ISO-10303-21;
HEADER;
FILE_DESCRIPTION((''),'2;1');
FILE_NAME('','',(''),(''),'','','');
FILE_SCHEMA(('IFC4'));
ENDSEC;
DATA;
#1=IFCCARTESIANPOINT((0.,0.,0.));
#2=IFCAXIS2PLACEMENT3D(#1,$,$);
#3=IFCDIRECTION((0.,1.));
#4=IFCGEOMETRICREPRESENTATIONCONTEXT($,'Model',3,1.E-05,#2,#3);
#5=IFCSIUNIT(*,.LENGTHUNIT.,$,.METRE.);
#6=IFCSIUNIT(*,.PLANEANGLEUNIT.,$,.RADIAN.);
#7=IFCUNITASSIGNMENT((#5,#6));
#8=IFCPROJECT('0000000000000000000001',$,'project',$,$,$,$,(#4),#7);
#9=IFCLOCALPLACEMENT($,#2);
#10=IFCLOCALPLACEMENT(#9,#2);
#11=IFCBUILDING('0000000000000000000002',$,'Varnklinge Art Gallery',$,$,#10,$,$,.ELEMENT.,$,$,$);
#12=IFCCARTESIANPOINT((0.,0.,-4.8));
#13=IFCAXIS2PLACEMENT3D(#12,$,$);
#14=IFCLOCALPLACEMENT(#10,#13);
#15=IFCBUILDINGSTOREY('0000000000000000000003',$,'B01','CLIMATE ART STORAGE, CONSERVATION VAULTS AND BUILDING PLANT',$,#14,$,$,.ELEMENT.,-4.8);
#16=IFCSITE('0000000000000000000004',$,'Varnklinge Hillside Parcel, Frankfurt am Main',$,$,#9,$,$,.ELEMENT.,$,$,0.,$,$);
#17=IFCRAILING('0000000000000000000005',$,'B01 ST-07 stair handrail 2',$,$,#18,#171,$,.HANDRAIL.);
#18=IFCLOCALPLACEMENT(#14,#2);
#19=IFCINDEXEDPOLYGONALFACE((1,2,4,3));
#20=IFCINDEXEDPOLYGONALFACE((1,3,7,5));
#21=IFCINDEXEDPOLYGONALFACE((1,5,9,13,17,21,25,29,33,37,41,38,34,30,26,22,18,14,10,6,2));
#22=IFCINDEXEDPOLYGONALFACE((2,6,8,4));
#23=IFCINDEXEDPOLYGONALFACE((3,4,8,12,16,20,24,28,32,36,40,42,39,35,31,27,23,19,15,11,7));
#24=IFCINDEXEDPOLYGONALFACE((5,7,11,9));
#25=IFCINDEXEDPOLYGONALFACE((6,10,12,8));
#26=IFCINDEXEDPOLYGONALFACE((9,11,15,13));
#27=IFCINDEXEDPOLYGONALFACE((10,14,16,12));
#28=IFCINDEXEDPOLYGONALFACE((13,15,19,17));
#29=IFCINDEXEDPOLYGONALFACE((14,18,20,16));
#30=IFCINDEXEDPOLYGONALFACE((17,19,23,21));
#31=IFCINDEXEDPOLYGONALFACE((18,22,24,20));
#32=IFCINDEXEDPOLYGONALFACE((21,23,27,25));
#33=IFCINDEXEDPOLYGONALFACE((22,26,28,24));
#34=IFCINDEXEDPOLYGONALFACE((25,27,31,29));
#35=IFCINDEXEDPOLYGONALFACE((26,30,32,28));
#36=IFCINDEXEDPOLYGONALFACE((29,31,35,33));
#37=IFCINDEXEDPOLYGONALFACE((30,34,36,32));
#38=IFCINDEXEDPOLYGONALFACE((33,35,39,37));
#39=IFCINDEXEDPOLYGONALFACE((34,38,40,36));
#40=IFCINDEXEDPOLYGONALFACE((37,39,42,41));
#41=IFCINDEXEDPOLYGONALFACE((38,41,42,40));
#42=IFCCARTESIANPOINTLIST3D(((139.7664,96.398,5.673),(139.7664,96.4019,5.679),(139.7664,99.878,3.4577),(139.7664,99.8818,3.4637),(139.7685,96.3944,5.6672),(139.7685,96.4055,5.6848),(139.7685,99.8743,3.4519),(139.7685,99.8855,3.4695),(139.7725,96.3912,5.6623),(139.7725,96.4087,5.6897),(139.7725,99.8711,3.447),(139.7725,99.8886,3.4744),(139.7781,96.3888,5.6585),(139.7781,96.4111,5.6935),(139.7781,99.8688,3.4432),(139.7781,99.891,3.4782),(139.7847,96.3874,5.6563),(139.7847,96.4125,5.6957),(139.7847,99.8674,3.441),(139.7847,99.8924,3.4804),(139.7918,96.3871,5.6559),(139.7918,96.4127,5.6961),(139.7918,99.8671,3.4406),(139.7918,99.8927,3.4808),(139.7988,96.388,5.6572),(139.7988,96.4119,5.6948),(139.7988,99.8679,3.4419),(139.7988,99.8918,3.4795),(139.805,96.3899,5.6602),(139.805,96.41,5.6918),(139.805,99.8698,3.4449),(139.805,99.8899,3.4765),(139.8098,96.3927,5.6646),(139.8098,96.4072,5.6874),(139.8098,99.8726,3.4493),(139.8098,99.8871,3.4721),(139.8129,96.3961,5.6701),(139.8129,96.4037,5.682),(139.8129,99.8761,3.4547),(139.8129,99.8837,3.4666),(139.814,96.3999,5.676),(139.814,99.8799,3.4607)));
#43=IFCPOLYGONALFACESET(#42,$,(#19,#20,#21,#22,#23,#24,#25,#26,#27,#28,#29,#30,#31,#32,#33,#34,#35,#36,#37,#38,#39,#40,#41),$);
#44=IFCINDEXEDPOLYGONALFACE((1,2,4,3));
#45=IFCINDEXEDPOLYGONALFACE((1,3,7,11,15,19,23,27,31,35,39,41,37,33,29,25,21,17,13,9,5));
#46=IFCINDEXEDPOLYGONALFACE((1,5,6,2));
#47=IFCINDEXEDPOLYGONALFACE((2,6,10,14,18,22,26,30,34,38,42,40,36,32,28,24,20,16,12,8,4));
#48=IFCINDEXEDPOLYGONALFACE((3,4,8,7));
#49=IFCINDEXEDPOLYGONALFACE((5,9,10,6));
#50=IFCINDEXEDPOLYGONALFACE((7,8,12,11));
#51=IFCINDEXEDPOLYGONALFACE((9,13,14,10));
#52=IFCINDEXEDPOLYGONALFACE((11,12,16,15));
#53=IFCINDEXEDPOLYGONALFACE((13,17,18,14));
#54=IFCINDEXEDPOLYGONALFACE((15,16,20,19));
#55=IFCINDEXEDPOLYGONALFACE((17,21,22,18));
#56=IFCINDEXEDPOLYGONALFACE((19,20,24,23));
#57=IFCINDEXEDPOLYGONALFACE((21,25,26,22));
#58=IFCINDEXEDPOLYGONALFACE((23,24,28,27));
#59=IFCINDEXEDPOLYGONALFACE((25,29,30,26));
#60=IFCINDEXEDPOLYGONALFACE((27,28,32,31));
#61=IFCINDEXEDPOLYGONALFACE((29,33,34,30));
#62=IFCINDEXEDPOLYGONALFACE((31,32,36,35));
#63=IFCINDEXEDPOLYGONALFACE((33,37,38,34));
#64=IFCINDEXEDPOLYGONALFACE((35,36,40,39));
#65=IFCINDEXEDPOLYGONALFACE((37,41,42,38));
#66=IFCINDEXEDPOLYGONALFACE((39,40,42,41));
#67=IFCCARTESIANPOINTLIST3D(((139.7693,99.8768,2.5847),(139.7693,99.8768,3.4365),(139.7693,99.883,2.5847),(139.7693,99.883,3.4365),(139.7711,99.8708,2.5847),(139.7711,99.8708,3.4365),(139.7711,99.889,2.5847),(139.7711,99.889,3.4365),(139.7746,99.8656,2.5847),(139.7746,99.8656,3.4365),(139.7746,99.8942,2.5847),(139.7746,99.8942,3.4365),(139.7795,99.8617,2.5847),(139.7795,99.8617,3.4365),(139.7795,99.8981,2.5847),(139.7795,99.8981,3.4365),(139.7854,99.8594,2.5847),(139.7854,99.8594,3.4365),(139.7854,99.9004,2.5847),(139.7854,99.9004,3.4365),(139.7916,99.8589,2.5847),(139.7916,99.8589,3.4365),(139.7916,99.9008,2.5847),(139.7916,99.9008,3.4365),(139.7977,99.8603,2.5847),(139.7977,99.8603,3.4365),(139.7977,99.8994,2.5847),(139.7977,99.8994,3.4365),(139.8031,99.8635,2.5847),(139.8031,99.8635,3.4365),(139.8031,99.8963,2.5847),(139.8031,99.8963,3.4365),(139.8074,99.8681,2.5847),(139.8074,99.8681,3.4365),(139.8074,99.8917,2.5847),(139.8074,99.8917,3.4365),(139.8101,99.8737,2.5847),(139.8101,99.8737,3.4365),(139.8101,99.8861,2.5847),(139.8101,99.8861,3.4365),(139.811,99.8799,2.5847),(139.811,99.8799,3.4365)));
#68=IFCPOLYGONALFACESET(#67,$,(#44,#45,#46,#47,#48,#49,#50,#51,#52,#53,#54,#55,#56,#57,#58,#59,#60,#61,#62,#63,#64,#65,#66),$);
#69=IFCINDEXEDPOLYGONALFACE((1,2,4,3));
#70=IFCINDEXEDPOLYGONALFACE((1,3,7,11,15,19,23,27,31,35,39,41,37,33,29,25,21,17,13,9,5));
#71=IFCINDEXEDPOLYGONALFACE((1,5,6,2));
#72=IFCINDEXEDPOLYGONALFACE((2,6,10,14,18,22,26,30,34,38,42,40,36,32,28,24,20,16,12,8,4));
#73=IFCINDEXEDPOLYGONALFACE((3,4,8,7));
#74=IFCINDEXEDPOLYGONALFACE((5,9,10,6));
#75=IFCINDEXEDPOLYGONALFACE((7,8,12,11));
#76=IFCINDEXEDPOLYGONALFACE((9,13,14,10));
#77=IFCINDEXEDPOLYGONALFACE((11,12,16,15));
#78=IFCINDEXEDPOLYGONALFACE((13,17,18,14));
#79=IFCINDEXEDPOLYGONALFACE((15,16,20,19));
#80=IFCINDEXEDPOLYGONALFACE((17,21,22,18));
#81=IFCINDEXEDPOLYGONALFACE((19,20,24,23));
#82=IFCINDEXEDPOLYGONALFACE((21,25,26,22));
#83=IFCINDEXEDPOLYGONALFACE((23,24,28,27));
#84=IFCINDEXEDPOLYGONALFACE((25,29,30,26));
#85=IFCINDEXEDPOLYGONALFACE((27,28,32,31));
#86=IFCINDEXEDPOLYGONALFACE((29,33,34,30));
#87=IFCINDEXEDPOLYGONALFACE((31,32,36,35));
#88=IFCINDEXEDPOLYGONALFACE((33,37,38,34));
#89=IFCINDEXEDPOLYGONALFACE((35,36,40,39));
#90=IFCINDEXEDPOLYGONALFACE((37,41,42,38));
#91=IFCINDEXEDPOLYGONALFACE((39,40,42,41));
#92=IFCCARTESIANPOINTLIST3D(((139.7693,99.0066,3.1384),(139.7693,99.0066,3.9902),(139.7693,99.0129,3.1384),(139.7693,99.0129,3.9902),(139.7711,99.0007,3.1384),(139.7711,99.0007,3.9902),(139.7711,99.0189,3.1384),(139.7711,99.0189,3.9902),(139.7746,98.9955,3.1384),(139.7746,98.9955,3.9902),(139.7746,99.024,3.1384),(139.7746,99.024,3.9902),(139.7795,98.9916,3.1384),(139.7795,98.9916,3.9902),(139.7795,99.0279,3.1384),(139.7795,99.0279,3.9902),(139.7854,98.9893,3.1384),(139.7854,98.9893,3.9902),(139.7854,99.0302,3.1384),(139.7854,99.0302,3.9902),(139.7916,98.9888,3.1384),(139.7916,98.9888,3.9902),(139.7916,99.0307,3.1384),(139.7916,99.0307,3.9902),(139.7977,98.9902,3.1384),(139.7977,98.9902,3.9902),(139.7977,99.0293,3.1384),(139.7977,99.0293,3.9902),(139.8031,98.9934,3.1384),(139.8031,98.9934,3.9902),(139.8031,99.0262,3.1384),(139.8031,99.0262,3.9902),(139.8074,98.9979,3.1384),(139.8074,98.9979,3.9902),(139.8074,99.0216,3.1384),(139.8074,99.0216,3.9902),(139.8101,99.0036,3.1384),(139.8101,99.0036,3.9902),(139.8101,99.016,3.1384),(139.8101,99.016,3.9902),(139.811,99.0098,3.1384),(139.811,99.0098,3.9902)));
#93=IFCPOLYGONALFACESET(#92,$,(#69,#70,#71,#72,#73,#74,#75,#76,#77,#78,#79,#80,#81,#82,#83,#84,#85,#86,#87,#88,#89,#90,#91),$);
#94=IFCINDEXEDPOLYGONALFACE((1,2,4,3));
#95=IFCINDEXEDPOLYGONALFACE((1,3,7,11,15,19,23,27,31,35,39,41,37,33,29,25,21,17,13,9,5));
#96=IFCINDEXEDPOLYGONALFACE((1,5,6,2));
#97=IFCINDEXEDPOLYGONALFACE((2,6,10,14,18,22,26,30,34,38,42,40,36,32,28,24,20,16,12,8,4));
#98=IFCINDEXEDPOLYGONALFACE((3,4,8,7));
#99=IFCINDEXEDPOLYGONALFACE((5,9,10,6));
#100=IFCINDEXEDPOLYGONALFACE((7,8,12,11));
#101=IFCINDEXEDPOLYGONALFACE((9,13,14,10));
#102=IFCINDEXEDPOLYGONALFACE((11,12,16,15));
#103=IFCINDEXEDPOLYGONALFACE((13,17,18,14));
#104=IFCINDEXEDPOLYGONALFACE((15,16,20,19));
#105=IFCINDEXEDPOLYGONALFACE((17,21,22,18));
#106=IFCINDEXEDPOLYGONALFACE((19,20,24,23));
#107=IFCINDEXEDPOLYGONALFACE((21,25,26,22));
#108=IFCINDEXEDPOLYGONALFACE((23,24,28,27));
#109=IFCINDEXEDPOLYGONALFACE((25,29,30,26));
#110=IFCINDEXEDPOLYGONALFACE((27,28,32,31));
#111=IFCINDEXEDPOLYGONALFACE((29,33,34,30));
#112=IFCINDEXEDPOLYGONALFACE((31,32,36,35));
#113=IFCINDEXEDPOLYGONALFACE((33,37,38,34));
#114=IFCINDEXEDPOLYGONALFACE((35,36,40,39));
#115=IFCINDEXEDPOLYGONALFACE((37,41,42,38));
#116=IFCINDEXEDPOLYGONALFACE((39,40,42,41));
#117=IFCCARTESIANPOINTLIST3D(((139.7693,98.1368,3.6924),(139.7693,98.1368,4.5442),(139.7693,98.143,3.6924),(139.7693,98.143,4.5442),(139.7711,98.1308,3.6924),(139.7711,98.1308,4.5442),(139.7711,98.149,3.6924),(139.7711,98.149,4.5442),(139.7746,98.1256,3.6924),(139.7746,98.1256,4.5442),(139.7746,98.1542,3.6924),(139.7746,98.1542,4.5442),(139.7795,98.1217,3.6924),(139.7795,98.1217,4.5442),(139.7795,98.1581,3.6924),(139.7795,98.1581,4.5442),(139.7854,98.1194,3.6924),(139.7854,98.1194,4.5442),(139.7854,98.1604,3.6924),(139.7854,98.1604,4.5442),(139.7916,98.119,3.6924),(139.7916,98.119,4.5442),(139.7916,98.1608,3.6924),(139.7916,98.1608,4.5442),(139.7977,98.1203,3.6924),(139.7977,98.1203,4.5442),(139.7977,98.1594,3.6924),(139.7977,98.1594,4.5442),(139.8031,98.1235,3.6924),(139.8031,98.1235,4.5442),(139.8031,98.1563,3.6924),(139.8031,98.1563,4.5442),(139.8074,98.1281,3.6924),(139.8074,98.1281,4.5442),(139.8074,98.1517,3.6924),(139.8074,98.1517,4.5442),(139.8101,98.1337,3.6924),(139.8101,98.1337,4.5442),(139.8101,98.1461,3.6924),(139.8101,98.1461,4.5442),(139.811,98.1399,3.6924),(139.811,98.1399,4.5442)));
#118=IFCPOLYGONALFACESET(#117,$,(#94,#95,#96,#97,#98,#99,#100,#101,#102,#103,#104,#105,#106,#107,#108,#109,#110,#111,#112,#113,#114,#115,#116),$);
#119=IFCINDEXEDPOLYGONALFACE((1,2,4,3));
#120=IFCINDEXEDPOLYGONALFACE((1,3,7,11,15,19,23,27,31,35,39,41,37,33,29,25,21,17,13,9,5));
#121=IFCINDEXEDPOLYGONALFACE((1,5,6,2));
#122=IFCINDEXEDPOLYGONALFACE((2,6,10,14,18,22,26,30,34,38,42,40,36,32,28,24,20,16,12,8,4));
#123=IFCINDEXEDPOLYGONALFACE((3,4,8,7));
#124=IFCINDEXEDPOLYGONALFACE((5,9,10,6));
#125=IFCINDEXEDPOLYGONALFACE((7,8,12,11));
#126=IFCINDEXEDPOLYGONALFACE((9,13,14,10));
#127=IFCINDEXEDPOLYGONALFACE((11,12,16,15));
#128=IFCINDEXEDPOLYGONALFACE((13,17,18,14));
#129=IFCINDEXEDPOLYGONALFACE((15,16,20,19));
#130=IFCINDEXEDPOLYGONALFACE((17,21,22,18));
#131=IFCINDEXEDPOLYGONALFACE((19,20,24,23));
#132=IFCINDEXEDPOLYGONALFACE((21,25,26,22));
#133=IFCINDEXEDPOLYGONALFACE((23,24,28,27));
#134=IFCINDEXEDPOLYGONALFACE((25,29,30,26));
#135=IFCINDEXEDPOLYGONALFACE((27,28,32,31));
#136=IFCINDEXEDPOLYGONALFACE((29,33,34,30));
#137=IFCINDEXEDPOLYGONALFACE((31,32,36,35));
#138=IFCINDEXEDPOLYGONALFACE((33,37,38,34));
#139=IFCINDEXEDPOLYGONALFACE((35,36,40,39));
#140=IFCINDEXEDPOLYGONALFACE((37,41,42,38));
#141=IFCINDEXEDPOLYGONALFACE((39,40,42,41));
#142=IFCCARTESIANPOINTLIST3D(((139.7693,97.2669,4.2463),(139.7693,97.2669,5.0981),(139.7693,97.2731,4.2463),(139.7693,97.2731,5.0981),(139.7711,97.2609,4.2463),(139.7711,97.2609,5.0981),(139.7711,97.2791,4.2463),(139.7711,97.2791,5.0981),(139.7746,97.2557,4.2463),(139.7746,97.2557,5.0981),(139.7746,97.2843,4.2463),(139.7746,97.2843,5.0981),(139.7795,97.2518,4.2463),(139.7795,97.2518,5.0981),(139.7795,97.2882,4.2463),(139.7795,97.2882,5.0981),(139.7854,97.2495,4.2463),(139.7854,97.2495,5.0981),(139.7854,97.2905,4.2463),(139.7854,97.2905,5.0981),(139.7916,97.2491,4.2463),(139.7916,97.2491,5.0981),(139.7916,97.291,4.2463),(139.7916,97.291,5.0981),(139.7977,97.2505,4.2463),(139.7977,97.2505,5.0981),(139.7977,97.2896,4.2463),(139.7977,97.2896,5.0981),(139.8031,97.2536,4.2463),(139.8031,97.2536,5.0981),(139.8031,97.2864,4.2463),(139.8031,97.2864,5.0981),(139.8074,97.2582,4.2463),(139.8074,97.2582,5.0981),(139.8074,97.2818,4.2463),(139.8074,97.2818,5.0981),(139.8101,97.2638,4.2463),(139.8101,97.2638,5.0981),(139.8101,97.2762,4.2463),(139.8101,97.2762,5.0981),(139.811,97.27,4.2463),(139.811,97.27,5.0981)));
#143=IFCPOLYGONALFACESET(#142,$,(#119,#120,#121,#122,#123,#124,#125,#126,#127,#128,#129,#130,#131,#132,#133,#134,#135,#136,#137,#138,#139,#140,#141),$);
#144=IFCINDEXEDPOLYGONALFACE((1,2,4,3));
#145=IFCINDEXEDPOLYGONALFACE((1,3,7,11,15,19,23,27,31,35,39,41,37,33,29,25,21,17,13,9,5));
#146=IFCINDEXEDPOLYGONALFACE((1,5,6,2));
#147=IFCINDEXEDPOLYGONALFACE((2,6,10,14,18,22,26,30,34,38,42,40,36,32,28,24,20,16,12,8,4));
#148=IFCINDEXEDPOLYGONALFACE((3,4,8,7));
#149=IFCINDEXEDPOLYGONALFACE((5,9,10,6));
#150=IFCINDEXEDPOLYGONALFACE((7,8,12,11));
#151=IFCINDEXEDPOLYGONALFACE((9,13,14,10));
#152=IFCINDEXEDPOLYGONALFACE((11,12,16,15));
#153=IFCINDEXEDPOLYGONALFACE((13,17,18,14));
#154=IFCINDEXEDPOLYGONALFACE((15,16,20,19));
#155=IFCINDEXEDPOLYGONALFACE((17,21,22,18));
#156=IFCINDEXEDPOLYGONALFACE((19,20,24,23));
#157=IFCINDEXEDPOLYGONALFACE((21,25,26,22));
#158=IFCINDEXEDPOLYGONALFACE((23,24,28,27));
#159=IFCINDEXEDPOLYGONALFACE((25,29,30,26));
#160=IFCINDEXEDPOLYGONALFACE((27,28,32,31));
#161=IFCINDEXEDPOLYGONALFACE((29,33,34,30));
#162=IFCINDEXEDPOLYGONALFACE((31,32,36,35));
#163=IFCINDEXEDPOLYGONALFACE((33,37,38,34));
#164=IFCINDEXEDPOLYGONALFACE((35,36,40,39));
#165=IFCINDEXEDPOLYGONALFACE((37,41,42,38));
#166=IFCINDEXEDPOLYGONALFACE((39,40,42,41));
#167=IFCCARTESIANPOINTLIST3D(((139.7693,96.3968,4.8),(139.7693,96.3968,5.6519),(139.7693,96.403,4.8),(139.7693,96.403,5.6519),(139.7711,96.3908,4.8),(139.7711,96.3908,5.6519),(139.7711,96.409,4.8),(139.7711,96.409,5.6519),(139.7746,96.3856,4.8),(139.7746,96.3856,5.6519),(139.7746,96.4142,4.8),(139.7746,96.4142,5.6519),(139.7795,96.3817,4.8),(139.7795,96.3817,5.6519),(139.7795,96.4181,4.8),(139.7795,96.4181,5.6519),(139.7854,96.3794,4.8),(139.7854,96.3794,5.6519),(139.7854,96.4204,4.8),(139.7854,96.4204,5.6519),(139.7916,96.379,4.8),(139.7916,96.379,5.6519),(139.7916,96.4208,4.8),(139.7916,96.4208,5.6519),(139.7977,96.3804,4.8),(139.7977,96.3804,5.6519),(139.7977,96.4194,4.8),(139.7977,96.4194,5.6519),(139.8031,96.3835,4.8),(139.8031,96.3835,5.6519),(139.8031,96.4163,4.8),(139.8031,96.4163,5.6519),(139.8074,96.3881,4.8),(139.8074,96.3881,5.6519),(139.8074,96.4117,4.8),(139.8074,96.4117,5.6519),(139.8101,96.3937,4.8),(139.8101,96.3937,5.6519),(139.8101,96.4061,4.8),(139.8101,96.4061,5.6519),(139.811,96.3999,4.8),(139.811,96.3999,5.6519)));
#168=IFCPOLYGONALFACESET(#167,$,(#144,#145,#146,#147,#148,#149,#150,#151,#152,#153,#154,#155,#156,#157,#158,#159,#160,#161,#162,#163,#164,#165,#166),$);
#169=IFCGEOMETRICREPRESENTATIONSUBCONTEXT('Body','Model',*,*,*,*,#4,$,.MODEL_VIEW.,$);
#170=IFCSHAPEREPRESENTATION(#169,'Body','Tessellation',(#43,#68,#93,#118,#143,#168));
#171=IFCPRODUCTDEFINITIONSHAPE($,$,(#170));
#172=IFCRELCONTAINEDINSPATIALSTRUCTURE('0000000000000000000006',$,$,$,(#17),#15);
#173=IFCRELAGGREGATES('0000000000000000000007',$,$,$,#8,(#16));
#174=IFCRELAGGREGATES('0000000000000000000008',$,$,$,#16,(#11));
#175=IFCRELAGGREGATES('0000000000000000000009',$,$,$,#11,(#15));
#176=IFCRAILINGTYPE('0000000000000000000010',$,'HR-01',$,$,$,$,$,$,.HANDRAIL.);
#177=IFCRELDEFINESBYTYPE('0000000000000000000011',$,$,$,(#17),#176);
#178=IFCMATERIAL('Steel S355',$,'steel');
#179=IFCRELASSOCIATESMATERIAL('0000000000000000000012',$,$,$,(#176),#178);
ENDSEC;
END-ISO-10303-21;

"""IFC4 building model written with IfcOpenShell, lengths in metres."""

from ifc_helpers import new_model, si_unit, direction, frame, origin, origin_2d, place, context, subcontext, project, spatial, circle, extrude, material, type_object, element, save


model = new_model("IFC4")

# Units and contexts
model_context = context("Model", 3, precision=1e-05, world=origin(), true_north=direction((0.0, 1.0)))
body_context = subcontext(model_context, "Body", "Model", "MODEL_VIEW")
ifc_project = project(units=[si_unit("LENGTHUNIT", "METRE"), si_unit("PLANEANGLEUNIT", "RADIAN")], contexts=[model_context])

# Site, building, storey
site_placement = place(None, origin())
site = spatial("IfcSite", under=ifc_project, at=site_placement, Name="Varnklinge Hillside Parcel, Frankfurt am Main", CompositionType="ELEMENT", RefElevation=0.0)
building_placement = place(site_placement, origin())
building = spatial("IfcBuilding", under=site, at=building_placement, Name="Varnklinge Art Gallery", CompositionType="ELEMENT")
storey_placement = place(building_placement, frame((0.0, 0.0, -4.8)))
storey = spatial("IfcBuildingStorey", under=building, at=storey_placement, Name="B01", Description="CLIMATE ART STORAGE, CONSERVATION VAULTS AND BUILDING PLANT", CompositionType="ELEMENT", Elevation=-4.8)

# Railing
ifc_material_1 = material(Name="Steel S355", Category="steel")
railing_type_1 = type_object("IfcRailingType", Name="HR-01", PredefinedType="HANDRAIL", material=ifc_material_1)
railing_1_placement = place(storey_placement, frame((139.79, 99.8799, 2.5847)))
element("IfcRailing", 1, at=railing_1_placement, inside=storey, type_object=railing_type_1, Name="B01 ST-07 stair handrail 2", PredefinedType="HANDRAIL", context=body_context, shape_type="SweptSolid", body=[
    extrude(circle(Radius=0.0239, at=origin_2d()), frame((0.0, 0.0, 0.876), z_axis=(0.0, -0.843574, 0.537013), x_axis=(1.0, 0.0, 0.0)), (0.0, 0.0, 1.0), 4.1252),
    extrude(circle(Radius=0.021, at=origin_2d()), origin(), (0.0, 0.0, 1.0), 0.8518),
    extrude(circle(Radius=0.021, at=origin_2d()), frame((0.0, -0.8701, 0.5537)), (0.0, 0.0, 1.0), 0.8518),
    extrude(circle(Radius=0.021, at=origin_2d()), frame((0.0, -1.74, 1.1077)), (0.0, 0.0, 1.0), 0.8518),
    extrude(circle(Radius=0.021, at=origin_2d()), frame((0.0, -2.6099, 1.6616)), (0.0, 0.0, 1.0), 0.8518),
    extrude(circle(Radius=0.021, at=origin_2d()), frame((0.0, -3.48, 2.2153)), (0.0, 0.0, 1.0), 0.8518),
])

save(model, "model.ifc")
